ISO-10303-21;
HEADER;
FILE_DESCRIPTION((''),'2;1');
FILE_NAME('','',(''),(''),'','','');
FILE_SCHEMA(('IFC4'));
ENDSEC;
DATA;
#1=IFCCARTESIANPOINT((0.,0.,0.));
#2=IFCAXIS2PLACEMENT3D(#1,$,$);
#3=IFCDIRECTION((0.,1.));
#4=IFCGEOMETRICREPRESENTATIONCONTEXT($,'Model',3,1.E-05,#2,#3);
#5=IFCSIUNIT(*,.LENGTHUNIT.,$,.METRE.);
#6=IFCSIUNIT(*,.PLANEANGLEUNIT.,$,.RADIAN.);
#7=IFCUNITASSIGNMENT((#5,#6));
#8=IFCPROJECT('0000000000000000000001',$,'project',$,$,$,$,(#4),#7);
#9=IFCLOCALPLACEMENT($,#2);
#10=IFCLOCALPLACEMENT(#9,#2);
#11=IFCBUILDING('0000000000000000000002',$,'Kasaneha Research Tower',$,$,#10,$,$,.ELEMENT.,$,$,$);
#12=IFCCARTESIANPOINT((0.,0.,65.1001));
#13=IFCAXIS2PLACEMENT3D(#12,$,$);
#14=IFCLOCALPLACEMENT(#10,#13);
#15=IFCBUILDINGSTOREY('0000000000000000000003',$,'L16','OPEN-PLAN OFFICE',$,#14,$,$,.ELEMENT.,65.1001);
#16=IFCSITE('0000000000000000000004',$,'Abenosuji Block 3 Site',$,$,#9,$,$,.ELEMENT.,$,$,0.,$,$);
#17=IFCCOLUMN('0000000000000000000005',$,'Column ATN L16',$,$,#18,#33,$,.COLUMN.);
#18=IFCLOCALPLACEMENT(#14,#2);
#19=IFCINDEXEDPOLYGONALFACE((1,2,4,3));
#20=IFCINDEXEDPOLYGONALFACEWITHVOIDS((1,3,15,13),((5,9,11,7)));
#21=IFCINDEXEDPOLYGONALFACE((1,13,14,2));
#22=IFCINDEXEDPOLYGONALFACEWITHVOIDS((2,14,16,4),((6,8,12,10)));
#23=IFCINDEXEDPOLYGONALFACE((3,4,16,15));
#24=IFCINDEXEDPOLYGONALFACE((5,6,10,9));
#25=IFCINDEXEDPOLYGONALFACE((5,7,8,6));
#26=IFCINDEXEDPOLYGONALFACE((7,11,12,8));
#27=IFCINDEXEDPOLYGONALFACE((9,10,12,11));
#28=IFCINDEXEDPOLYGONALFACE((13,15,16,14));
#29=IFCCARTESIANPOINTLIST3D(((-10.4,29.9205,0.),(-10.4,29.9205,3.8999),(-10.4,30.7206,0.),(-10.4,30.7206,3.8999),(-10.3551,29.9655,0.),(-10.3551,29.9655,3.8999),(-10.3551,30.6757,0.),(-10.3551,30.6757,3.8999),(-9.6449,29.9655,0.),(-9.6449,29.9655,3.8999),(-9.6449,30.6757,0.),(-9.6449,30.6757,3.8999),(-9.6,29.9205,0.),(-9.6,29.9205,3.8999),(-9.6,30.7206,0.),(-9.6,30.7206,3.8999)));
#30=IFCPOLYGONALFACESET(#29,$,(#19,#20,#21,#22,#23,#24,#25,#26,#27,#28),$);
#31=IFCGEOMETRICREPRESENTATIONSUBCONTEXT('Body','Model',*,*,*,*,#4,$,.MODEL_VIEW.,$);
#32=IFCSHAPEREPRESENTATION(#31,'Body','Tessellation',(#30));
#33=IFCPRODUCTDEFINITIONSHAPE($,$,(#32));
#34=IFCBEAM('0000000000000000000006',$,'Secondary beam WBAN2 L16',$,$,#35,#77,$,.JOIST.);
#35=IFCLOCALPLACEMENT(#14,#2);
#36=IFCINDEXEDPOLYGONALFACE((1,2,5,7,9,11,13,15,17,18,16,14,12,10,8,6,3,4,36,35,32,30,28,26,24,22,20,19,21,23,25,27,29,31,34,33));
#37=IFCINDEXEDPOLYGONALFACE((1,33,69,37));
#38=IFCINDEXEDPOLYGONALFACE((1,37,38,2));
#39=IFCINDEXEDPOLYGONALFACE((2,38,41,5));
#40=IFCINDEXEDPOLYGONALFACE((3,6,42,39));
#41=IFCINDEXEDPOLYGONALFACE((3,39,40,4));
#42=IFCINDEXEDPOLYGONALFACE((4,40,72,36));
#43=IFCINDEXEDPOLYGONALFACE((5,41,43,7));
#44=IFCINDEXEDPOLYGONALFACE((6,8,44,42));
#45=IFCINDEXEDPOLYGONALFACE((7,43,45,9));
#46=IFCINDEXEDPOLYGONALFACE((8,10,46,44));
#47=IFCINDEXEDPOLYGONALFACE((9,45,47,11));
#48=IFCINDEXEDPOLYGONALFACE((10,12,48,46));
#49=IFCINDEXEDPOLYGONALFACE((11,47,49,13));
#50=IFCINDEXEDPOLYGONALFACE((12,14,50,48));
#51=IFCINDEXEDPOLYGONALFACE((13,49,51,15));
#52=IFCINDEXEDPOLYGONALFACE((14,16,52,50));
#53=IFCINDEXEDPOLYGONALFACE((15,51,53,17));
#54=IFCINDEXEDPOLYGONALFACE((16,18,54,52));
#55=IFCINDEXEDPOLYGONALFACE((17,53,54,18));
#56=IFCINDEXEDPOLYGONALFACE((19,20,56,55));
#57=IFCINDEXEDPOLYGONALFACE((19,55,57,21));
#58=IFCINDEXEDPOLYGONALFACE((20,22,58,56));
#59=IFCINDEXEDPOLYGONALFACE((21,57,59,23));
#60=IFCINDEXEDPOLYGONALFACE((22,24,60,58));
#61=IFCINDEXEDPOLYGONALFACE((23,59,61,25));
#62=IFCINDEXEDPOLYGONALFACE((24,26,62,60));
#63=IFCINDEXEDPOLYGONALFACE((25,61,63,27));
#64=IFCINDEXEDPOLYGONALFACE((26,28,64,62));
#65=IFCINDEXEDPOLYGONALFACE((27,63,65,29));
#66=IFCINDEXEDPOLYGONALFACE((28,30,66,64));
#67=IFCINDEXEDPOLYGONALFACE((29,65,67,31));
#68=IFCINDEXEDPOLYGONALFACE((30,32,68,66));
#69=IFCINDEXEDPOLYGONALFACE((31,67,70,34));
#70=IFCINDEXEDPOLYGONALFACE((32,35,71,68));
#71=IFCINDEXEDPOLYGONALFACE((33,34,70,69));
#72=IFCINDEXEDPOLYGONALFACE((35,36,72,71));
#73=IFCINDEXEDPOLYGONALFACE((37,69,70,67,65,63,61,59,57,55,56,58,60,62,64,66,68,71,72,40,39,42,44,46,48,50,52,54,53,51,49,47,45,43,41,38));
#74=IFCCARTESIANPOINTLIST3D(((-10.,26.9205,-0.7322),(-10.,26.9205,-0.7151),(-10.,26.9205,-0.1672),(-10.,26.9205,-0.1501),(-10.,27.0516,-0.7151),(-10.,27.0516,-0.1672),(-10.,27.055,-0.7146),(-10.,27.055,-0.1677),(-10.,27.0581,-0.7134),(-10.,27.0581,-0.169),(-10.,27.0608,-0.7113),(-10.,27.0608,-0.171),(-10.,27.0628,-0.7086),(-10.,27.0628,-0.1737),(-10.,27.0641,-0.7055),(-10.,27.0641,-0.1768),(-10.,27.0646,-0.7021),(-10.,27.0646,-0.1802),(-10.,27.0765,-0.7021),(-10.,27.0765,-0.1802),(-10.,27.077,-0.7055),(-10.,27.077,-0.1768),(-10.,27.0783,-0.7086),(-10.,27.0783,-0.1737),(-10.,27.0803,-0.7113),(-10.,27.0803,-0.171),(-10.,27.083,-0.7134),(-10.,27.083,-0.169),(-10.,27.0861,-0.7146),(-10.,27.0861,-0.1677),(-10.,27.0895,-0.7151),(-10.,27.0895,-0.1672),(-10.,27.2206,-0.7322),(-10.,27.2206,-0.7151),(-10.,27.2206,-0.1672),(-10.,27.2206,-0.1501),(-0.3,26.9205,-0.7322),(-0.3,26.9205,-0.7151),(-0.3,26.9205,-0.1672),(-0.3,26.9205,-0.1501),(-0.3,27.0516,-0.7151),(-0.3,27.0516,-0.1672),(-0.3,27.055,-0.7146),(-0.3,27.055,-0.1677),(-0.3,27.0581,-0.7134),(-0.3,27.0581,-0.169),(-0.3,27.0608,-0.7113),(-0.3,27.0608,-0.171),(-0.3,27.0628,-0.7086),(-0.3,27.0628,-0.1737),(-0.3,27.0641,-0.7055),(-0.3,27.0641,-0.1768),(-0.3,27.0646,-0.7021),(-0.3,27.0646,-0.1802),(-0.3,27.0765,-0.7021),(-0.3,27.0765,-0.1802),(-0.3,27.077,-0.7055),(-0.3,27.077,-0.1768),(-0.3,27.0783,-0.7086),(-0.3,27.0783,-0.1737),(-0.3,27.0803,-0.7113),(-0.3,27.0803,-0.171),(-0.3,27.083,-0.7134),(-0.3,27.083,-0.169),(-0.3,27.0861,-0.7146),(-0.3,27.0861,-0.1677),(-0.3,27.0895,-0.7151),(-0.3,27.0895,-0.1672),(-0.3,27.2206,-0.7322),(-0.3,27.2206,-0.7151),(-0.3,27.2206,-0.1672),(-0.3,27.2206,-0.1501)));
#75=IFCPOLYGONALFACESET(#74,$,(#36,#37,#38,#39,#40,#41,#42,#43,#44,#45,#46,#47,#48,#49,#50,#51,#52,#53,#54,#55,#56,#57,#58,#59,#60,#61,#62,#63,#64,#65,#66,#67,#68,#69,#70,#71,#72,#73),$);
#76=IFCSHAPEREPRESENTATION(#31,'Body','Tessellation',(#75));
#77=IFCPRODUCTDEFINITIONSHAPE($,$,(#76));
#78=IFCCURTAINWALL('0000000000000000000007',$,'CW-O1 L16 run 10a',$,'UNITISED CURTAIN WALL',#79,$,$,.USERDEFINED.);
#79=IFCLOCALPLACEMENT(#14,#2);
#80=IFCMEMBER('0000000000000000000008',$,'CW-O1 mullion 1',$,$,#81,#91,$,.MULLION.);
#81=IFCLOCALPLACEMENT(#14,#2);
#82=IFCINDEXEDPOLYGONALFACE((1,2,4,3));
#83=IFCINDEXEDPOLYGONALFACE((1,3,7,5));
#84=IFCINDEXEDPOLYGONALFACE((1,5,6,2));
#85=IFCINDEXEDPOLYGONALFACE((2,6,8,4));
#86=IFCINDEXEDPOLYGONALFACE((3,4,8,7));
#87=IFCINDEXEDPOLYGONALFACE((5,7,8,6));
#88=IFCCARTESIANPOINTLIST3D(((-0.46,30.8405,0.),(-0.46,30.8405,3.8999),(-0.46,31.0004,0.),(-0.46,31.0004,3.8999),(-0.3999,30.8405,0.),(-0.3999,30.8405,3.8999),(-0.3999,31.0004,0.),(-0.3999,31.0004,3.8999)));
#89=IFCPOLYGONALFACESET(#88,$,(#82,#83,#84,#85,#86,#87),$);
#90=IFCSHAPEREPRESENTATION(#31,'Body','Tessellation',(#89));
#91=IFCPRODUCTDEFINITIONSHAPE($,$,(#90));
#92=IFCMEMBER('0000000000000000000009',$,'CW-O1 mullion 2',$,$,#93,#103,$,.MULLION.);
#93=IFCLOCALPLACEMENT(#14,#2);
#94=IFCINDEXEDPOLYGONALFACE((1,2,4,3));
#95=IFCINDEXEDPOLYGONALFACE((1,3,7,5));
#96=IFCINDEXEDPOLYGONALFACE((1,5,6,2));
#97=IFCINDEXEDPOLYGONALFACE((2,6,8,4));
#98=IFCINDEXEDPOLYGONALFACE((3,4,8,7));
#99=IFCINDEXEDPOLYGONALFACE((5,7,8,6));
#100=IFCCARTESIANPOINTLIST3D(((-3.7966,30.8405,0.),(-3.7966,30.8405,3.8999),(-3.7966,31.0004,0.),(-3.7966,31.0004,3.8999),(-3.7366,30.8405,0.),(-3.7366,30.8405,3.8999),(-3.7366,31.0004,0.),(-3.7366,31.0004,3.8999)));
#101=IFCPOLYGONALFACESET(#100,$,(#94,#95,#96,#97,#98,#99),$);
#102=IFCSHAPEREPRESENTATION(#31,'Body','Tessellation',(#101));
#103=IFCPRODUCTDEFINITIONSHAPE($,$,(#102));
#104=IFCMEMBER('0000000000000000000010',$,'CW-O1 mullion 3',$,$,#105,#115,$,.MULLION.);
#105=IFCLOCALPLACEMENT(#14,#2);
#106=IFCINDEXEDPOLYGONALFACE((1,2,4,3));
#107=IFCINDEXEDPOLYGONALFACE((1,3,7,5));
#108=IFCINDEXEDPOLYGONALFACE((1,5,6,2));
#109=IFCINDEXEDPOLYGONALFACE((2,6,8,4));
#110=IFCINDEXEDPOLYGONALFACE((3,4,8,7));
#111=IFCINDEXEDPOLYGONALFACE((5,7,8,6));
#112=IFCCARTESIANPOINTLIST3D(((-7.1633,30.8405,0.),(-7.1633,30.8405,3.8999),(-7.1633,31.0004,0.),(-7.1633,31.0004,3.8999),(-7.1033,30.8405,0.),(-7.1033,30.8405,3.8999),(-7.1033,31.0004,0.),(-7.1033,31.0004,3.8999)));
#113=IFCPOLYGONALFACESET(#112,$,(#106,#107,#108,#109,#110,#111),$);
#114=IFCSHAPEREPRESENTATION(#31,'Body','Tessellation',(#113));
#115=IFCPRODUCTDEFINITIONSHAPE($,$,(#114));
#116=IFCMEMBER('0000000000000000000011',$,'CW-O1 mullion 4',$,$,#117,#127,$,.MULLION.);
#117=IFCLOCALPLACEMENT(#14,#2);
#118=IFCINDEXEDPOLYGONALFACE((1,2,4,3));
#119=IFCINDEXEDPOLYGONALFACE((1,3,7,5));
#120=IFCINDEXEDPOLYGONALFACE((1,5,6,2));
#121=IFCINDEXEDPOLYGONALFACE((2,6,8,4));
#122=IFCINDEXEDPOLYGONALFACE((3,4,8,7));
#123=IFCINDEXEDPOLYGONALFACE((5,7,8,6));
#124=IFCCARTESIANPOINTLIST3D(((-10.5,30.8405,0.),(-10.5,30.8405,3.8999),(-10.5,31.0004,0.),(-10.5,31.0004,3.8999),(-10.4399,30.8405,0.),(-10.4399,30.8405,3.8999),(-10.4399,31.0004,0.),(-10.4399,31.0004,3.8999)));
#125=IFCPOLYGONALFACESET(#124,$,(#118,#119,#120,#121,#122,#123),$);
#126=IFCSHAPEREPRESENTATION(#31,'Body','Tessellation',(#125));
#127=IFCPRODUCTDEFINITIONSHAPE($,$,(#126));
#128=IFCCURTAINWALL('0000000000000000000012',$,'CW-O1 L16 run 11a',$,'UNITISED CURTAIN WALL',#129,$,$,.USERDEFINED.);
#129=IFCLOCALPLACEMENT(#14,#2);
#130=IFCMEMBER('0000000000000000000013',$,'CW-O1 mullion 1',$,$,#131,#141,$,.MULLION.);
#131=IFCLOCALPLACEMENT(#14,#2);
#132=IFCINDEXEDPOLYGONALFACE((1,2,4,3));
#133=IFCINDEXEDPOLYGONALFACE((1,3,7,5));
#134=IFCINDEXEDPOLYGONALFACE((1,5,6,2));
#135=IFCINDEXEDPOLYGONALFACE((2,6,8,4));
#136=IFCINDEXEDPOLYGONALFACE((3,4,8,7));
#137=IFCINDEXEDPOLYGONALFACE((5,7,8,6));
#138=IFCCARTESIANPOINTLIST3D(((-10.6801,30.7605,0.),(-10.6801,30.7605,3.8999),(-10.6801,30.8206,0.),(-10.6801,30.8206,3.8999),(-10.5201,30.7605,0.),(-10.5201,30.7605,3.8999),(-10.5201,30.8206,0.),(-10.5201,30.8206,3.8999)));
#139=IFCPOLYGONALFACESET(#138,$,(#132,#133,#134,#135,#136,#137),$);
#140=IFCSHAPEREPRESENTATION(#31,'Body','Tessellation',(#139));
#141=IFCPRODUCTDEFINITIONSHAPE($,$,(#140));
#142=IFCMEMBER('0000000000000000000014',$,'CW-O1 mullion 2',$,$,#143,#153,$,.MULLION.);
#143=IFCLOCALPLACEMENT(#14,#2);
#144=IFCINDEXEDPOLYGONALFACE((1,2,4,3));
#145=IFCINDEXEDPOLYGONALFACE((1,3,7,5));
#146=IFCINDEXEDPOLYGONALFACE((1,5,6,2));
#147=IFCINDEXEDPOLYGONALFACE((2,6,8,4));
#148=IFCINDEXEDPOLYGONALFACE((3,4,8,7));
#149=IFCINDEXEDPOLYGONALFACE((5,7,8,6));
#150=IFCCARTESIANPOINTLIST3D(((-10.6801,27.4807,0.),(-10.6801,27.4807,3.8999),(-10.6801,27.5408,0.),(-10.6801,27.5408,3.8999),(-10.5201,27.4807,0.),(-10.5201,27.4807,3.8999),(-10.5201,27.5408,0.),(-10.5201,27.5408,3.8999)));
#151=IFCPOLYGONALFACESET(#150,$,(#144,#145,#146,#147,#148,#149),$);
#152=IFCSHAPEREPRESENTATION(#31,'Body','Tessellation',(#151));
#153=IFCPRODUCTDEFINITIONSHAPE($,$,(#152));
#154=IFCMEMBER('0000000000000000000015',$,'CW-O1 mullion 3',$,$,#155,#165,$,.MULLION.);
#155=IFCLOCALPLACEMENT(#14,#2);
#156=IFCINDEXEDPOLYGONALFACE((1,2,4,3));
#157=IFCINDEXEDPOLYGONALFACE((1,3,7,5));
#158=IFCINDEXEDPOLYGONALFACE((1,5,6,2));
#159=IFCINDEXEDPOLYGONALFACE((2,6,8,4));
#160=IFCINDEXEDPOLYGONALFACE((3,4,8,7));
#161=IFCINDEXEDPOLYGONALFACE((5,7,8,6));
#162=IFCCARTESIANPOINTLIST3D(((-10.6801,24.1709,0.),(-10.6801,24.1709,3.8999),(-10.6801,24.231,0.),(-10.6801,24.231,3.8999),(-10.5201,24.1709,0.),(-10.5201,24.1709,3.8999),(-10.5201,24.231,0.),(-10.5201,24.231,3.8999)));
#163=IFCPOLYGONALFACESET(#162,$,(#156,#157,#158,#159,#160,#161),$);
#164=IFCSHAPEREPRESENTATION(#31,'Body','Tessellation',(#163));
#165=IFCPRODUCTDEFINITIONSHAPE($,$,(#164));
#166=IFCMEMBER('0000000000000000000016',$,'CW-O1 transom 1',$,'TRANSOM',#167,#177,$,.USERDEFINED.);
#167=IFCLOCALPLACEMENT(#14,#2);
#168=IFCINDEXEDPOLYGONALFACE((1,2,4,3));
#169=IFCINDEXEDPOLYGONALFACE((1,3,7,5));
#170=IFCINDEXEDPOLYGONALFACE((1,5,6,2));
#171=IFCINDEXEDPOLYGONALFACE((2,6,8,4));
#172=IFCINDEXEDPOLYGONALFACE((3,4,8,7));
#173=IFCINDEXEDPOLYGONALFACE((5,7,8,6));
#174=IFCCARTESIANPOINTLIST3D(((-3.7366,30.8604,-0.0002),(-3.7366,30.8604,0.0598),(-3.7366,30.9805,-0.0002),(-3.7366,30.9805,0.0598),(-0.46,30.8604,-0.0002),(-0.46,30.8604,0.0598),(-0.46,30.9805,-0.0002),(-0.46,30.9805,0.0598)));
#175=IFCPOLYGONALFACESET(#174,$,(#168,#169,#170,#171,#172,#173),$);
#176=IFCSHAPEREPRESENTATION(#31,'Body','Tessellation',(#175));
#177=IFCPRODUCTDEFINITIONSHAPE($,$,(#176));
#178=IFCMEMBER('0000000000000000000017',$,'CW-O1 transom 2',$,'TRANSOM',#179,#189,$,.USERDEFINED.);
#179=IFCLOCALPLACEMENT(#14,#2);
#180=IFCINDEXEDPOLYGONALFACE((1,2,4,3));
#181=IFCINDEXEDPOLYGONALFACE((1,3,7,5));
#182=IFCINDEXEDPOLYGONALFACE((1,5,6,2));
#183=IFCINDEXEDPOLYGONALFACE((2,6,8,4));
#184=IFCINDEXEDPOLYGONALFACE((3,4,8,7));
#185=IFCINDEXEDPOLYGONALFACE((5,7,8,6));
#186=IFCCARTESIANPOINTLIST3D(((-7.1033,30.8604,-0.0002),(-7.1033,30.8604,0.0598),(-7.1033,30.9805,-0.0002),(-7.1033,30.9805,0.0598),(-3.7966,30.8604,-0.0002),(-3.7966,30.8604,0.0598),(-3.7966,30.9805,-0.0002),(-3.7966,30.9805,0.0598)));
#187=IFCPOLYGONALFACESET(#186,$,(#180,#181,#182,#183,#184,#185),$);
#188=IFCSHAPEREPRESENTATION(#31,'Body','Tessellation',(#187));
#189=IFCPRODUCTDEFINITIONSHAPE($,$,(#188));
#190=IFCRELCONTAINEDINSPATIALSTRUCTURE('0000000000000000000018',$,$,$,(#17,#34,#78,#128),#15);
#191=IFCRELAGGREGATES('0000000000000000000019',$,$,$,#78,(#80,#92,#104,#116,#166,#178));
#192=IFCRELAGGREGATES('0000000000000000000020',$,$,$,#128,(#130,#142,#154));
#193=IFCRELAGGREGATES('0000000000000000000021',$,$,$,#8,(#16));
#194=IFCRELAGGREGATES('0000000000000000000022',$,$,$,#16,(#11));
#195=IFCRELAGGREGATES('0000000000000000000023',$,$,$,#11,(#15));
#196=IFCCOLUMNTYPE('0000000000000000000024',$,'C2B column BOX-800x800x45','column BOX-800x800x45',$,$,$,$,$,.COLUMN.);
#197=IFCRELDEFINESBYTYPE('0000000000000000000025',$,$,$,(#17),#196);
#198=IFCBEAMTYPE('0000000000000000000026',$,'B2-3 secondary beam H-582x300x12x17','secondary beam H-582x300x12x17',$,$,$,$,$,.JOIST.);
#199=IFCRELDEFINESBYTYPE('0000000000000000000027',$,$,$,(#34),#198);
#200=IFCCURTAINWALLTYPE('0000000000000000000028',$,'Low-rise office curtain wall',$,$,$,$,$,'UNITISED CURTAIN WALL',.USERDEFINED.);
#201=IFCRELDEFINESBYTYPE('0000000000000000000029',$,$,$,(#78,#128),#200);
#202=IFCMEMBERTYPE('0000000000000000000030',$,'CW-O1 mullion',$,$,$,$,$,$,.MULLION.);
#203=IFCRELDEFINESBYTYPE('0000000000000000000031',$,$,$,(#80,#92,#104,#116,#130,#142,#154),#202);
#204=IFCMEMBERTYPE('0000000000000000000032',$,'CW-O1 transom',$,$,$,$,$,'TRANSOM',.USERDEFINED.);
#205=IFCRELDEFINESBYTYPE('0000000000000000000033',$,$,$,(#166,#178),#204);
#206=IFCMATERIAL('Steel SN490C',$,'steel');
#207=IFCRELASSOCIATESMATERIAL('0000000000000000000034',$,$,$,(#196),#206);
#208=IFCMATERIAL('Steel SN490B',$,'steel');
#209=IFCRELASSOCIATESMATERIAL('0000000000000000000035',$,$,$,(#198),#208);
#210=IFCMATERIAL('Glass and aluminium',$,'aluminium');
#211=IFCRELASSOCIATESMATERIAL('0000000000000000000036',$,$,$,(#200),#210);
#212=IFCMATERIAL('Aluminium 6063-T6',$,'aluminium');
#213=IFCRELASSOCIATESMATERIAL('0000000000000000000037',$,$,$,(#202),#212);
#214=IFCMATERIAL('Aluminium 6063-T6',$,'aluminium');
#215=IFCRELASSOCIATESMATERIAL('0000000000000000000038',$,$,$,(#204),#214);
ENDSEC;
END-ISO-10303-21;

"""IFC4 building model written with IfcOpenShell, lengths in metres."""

from ifc_helpers import new_model, si_unit, direction, frame, origin, origin_2d, place, context, subcontext, project, spatial, rectangle, hollow_rectangle, i_section, extrude, material, material_profile, profile_set, type_object, element, aggregate, save


model = new_model("IFC4")

# Units and contexts
model_context = context("Model", 3, precision=1e-05, world=origin(), true_north=direction((0.0, 1.0)))
body_context = subcontext(model_context, "Body", "Model", "MODEL_VIEW")
ifc_project = project(units=[si_unit("LENGTHUNIT", "METRE"), si_unit("PLANEANGLEUNIT", "RADIAN")], contexts=[model_context])

# Site, building, storey
site_placement = place(None, origin())
site = spatial("IfcSite", under=ifc_project, at=site_placement, Name="Abenosuji Block 3 Site", CompositionType="ELEMENT", RefElevation=0.0)
building_placement = place(site_placement, origin())
building = spatial("IfcBuilding", under=site, at=building_placement, Name="Kasaneha Research Tower", CompositionType="ELEMENT")
storey_placement = place(building_placement, frame((0.0, 0.0, 65.1001)))
storey = spatial("IfcBuildingStorey", under=building, at=storey_placement, Name="L16", Description="OPEN-PLAN OFFICE", CompositionType="ELEMENT", Elevation=65.1001)

# Column
ifc_material_1 = material(Name="Steel SN490C", Category="steel")
ifc_material_profile_1 = material_profile(ifc_material_1, hollow_rectangle(XDim=0.8, YDim=0.8, WallThickness=0.0449, at=origin_2d()), Name="BOX-800x800x45")
ifc_profile_set_1 = profile_set([ifc_material_profile_1], Name="Steel SN490C")
column_type = type_object("IfcColumnType", Name="C2B column BOX-800x800x45", Description="column BOX-800x800x45", PredefinedType="COLUMN", material=ifc_profile_set_1)
column_placement = place(storey_placement, frame((-10.0, 30.3206, 0.0), z_axis=(0.0, 0.0, 1.0), x_axis=(1.0, 0.0, 0.0)))
element("IfcColumn", 1, at=column_placement, inside=storey, type_object=column_type, Name="Column ATN L16", PredefinedType="COLUMN", context=body_context, shape_type="SweptSolid", body=[
    extrude(hollow_rectangle(XDim=0.8, YDim=0.8, WallThickness=0.0449, at=origin_2d()), origin(), (0.0, 0.0, 1.0), 3.8999),
])

# Beam
ifc_material_2 = material(Name="Steel SN490B", Category="steel")
ifc_material_profile_2 = material_profile(ifc_material_2, i_section(OverallWidth=0.3, OverallDepth=0.582, WebThickness=0.012, FlangeThickness=0.0171, FilletRadius=0.0129, at=origin_2d()), Name="H-582x300x12x17")
ifc_profile_set_2 = profile_set([ifc_material_profile_2], Name="Steel SN490B")
beam_type_1 = type_object("IfcBeamType", Name="B2-3 secondary beam H-582x300x12x17", Description="secondary beam H-582x300x12x17", PredefinedType="JOIST", material=ifc_profile_set_2)
beam_1_placement = place(storey_placement, frame((-10.0, 27.0706, -0.4412), z_axis=(1.0, 0.0, 0.0), x_axis=(0.0, 1.0, 0.0)))
element("IfcBeam", 2, at=beam_1_placement, inside=storey, type_object=beam_type_1, Name="Secondary beam WBAN2 L16", PredefinedType="JOIST", context=body_context, shape_type="SweptSolid", body=[
    extrude(i_section(OverallWidth=0.3, OverallDepth=0.582, WebThickness=0.012, FlangeThickness=0.0171, FilletRadius=0.0129, at=origin_2d()), origin(), (0.0, 0.0, 1.0), 9.7),
])

# Curtain walls, members
ifc_material_3 = material(Name="Glass and aluminium", Category="aluminium")
curtain_wall_type = type_object("IfcCurtainWallType", Name="Low-rise office curtain wall", ElementType="UNITISED CURTAIN WALL", PredefinedType="USERDEFINED", material=ifc_material_3)
curtain_wall_1_placement = place(storey_placement, origin())
curtain_wall_1 = element("IfcCurtainWall", 3, at=curtain_wall_1_placement, inside=storey, type_object=curtain_wall_type, Name="CW-O1 L16 run 10a", ObjectType="UNITISED CURTAIN WALL", PredefinedType="USERDEFINED")
ifc_material_4 = material(Name="Aluminium 6063-T6", Category="aluminium")
ifc_material_profile_3 = material_profile(ifc_material_4, rectangle(XDim=0.0601, YDim=0.1599, at=origin_2d()), Name="CW-O1 mullion 60x160")
ifc_profile_set_3 = profile_set([ifc_material_profile_3], Name="Aluminium 6063-T6")
member_type_1 = type_object("IfcMemberType", Name="CW-O1 mullion", PredefinedType="MULLION", material=ifc_profile_set_3)
member_1_placement = place(storey_placement, frame((-0.4299, 30.9204, 0.0), z_axis=(0.0, 0.0, 1.0), x_axis=(-1.0, 0.0, 0.0)))
member_1 = element("IfcMember", 4, at=member_1_placement, type_object=member_type_1, Name="CW-O1 mullion 1", PredefinedType="MULLION", context=body_context, shape_type="SweptSolid", body=[
    extrude(rectangle(XDim=0.0601, YDim=0.1599, at=origin_2d()), origin(), (0.0, 0.0, 1.0), 3.8999),
])
member_2_placement = place(storey_placement, frame((-3.7666, 30.9204, 0.0), z_axis=(0.0, 0.0, 1.0), x_axis=(-1.0, 0.0, 0.0)))
member_2 = element("IfcMember", 5, at=member_2_placement, type_object=member_type_1, Name="CW-O1 mullion 2", PredefinedType="MULLION", context=body_context, shape_type="SweptSolid", body=[
    extrude(rectangle(XDim=0.0601, YDim=0.1599, at=origin_2d()), origin(), (0.0, 0.0, 1.0), 3.8999),
])
member_3_placement = place(storey_placement, frame((-7.1333, 30.9204, 0.0), z_axis=(0.0, 0.0, 1.0), x_axis=(-1.0, 0.0, 0.0)))
member_3 = element("IfcMember", 6, at=member_3_placement, type_object=member_type_1, Name="CW-O1 mullion 3", PredefinedType="MULLION", context=body_context, shape_type="SweptSolid", body=[
    extrude(rectangle(XDim=0.0601, YDim=0.1599, at=origin_2d()), origin(), (0.0, 0.0, 1.0), 3.8999),
])
member_4_placement = place(storey_placement, frame((-10.47, 30.9204, 0.0), z_axis=(0.0, 0.0, 1.0), x_axis=(-1.0, 0.0, 0.0)))
member_4 = element("IfcMember", 7, at=member_4_placement, type_object=member_type_1, Name="CW-O1 mullion 4", PredefinedType="MULLION", context=body_context, shape_type="SweptSolid", body=[
    extrude(rectangle(XDim=0.0601, YDim=0.1599, at=origin_2d()), origin(), (0.0, 0.0, 1.0), 3.8999),
])
curtain_wall_2_placement = place(storey_placement, origin())
curtain_wall_2 = element("IfcCurtainWall", 8, at=curtain_wall_2_placement, inside=storey, type_object=curtain_wall_type, Name="CW-O1 L16 run 11a", ObjectType="UNITISED CURTAIN WALL", PredefinedType="USERDEFINED")
member_5_placement = place(storey_placement, frame((-10.6001, 30.7905, 0.0), z_axis=(0.0, 0.0, 1.0), x_axis=(0.0, -1.0, 0.0)))
member_5 = element("IfcMember", 9, at=member_5_placement, type_object=member_type_1, Name="CW-O1 mullion 1", PredefinedType="MULLION", context=body_context, shape_type="SweptSolid", body=[
    extrude(rectangle(XDim=0.0601, YDim=0.1599, at=origin_2d()), origin(), (0.0, 0.0, 1.0), 3.8999),
])
member_6_placement = place(storey_placement, frame((-10.6001, 27.5107, 0.0), z_axis=(0.0, 0.0, 1.0), x_axis=(0.0, -1.0, 0.0)))
member_6 = element("IfcMember", 10, at=member_6_placement, type_object=member_type_1, Name="CW-O1 mullion 2", PredefinedType="MULLION", context=body_context, shape_type="SweptSolid", body=[
    extrude(rectangle(XDim=0.0601, YDim=0.1599, at=origin_2d()), origin(), (0.0, 0.0, 1.0), 3.8999),
])
member_7_placement = place(storey_placement, frame((-10.6001, 24.2009, 0.0), z_axis=(0.0, 0.0, 1.0), x_axis=(0.0, -1.0, 0.0)))
member_7 = element("IfcMember", 11, at=member_7_placement, type_object=member_type_1, Name="CW-O1 mullion 3", PredefinedType="MULLION", context=body_context, shape_type="SweptSolid", body=[
    extrude(rectangle(XDim=0.0601, YDim=0.1599, at=origin_2d()), origin(), (0.0, 0.0, 1.0), 3.8999),
])

# Members
ifc_material_5 = material(Name="Aluminium 6063-T6", Category="aluminium")
ifc_material_profile_4 = material_profile(ifc_material_5, rectangle(XDim=0.1201, YDim=0.0601, at=origin_2d()), Name="CW-O1 transom 120x60")
ifc_profile_set_4 = profile_set([ifc_material_profile_4], Name="Aluminium 6063-T6")
member_type_2 = type_object("IfcMemberType", Name="CW-O1 transom", ElementType="TRANSOM", PredefinedType="USERDEFINED", material=ifc_profile_set_4)
member_8_placement = place(storey_placement, frame((-0.46, 30.9204, 0.0298), z_axis=(-1.0, 0.0, 0.0), x_axis=(0.0, -1.0, 0.0)))
member_8 = element("IfcMember", 12, at=member_8_placement, type_object=member_type_2, Name="CW-O1 transom 1", ObjectType="TRANSOM", PredefinedType="USERDEFINED", context=body_context, shape_type="SweptSolid", body=[
    extrude(rectangle(XDim=0.1201, YDim=0.0601, at=origin_2d()), origin(), (0.0, 0.0, 1.0), 3.2766),
])
member_9_placement = place(storey_placement, frame((-3.7966, 30.9204, 0.0298), z_axis=(-1.0, 0.0, 0.0), x_axis=(0.0, -1.0, 0.0)))
member_9 = element("IfcMember", 13, at=member_9_placement, type_object=member_type_2, Name="CW-O1 transom 2", ObjectType="TRANSOM", PredefinedType="USERDEFINED", context=body_context, shape_type="SweptSolid", body=[
    extrude(rectangle(XDim=0.1201, YDim=0.0601, at=origin_2d()), origin(), (0.0, 0.0, 1.0), 3.3066),
])

aggregate(curtain_wall_1, [member_1, member_2, member_3, member_4, member_8, member_9])
aggregate(curtain_wall_2, [member_5, member_6, member_7])

save(model, "model.ifc")
